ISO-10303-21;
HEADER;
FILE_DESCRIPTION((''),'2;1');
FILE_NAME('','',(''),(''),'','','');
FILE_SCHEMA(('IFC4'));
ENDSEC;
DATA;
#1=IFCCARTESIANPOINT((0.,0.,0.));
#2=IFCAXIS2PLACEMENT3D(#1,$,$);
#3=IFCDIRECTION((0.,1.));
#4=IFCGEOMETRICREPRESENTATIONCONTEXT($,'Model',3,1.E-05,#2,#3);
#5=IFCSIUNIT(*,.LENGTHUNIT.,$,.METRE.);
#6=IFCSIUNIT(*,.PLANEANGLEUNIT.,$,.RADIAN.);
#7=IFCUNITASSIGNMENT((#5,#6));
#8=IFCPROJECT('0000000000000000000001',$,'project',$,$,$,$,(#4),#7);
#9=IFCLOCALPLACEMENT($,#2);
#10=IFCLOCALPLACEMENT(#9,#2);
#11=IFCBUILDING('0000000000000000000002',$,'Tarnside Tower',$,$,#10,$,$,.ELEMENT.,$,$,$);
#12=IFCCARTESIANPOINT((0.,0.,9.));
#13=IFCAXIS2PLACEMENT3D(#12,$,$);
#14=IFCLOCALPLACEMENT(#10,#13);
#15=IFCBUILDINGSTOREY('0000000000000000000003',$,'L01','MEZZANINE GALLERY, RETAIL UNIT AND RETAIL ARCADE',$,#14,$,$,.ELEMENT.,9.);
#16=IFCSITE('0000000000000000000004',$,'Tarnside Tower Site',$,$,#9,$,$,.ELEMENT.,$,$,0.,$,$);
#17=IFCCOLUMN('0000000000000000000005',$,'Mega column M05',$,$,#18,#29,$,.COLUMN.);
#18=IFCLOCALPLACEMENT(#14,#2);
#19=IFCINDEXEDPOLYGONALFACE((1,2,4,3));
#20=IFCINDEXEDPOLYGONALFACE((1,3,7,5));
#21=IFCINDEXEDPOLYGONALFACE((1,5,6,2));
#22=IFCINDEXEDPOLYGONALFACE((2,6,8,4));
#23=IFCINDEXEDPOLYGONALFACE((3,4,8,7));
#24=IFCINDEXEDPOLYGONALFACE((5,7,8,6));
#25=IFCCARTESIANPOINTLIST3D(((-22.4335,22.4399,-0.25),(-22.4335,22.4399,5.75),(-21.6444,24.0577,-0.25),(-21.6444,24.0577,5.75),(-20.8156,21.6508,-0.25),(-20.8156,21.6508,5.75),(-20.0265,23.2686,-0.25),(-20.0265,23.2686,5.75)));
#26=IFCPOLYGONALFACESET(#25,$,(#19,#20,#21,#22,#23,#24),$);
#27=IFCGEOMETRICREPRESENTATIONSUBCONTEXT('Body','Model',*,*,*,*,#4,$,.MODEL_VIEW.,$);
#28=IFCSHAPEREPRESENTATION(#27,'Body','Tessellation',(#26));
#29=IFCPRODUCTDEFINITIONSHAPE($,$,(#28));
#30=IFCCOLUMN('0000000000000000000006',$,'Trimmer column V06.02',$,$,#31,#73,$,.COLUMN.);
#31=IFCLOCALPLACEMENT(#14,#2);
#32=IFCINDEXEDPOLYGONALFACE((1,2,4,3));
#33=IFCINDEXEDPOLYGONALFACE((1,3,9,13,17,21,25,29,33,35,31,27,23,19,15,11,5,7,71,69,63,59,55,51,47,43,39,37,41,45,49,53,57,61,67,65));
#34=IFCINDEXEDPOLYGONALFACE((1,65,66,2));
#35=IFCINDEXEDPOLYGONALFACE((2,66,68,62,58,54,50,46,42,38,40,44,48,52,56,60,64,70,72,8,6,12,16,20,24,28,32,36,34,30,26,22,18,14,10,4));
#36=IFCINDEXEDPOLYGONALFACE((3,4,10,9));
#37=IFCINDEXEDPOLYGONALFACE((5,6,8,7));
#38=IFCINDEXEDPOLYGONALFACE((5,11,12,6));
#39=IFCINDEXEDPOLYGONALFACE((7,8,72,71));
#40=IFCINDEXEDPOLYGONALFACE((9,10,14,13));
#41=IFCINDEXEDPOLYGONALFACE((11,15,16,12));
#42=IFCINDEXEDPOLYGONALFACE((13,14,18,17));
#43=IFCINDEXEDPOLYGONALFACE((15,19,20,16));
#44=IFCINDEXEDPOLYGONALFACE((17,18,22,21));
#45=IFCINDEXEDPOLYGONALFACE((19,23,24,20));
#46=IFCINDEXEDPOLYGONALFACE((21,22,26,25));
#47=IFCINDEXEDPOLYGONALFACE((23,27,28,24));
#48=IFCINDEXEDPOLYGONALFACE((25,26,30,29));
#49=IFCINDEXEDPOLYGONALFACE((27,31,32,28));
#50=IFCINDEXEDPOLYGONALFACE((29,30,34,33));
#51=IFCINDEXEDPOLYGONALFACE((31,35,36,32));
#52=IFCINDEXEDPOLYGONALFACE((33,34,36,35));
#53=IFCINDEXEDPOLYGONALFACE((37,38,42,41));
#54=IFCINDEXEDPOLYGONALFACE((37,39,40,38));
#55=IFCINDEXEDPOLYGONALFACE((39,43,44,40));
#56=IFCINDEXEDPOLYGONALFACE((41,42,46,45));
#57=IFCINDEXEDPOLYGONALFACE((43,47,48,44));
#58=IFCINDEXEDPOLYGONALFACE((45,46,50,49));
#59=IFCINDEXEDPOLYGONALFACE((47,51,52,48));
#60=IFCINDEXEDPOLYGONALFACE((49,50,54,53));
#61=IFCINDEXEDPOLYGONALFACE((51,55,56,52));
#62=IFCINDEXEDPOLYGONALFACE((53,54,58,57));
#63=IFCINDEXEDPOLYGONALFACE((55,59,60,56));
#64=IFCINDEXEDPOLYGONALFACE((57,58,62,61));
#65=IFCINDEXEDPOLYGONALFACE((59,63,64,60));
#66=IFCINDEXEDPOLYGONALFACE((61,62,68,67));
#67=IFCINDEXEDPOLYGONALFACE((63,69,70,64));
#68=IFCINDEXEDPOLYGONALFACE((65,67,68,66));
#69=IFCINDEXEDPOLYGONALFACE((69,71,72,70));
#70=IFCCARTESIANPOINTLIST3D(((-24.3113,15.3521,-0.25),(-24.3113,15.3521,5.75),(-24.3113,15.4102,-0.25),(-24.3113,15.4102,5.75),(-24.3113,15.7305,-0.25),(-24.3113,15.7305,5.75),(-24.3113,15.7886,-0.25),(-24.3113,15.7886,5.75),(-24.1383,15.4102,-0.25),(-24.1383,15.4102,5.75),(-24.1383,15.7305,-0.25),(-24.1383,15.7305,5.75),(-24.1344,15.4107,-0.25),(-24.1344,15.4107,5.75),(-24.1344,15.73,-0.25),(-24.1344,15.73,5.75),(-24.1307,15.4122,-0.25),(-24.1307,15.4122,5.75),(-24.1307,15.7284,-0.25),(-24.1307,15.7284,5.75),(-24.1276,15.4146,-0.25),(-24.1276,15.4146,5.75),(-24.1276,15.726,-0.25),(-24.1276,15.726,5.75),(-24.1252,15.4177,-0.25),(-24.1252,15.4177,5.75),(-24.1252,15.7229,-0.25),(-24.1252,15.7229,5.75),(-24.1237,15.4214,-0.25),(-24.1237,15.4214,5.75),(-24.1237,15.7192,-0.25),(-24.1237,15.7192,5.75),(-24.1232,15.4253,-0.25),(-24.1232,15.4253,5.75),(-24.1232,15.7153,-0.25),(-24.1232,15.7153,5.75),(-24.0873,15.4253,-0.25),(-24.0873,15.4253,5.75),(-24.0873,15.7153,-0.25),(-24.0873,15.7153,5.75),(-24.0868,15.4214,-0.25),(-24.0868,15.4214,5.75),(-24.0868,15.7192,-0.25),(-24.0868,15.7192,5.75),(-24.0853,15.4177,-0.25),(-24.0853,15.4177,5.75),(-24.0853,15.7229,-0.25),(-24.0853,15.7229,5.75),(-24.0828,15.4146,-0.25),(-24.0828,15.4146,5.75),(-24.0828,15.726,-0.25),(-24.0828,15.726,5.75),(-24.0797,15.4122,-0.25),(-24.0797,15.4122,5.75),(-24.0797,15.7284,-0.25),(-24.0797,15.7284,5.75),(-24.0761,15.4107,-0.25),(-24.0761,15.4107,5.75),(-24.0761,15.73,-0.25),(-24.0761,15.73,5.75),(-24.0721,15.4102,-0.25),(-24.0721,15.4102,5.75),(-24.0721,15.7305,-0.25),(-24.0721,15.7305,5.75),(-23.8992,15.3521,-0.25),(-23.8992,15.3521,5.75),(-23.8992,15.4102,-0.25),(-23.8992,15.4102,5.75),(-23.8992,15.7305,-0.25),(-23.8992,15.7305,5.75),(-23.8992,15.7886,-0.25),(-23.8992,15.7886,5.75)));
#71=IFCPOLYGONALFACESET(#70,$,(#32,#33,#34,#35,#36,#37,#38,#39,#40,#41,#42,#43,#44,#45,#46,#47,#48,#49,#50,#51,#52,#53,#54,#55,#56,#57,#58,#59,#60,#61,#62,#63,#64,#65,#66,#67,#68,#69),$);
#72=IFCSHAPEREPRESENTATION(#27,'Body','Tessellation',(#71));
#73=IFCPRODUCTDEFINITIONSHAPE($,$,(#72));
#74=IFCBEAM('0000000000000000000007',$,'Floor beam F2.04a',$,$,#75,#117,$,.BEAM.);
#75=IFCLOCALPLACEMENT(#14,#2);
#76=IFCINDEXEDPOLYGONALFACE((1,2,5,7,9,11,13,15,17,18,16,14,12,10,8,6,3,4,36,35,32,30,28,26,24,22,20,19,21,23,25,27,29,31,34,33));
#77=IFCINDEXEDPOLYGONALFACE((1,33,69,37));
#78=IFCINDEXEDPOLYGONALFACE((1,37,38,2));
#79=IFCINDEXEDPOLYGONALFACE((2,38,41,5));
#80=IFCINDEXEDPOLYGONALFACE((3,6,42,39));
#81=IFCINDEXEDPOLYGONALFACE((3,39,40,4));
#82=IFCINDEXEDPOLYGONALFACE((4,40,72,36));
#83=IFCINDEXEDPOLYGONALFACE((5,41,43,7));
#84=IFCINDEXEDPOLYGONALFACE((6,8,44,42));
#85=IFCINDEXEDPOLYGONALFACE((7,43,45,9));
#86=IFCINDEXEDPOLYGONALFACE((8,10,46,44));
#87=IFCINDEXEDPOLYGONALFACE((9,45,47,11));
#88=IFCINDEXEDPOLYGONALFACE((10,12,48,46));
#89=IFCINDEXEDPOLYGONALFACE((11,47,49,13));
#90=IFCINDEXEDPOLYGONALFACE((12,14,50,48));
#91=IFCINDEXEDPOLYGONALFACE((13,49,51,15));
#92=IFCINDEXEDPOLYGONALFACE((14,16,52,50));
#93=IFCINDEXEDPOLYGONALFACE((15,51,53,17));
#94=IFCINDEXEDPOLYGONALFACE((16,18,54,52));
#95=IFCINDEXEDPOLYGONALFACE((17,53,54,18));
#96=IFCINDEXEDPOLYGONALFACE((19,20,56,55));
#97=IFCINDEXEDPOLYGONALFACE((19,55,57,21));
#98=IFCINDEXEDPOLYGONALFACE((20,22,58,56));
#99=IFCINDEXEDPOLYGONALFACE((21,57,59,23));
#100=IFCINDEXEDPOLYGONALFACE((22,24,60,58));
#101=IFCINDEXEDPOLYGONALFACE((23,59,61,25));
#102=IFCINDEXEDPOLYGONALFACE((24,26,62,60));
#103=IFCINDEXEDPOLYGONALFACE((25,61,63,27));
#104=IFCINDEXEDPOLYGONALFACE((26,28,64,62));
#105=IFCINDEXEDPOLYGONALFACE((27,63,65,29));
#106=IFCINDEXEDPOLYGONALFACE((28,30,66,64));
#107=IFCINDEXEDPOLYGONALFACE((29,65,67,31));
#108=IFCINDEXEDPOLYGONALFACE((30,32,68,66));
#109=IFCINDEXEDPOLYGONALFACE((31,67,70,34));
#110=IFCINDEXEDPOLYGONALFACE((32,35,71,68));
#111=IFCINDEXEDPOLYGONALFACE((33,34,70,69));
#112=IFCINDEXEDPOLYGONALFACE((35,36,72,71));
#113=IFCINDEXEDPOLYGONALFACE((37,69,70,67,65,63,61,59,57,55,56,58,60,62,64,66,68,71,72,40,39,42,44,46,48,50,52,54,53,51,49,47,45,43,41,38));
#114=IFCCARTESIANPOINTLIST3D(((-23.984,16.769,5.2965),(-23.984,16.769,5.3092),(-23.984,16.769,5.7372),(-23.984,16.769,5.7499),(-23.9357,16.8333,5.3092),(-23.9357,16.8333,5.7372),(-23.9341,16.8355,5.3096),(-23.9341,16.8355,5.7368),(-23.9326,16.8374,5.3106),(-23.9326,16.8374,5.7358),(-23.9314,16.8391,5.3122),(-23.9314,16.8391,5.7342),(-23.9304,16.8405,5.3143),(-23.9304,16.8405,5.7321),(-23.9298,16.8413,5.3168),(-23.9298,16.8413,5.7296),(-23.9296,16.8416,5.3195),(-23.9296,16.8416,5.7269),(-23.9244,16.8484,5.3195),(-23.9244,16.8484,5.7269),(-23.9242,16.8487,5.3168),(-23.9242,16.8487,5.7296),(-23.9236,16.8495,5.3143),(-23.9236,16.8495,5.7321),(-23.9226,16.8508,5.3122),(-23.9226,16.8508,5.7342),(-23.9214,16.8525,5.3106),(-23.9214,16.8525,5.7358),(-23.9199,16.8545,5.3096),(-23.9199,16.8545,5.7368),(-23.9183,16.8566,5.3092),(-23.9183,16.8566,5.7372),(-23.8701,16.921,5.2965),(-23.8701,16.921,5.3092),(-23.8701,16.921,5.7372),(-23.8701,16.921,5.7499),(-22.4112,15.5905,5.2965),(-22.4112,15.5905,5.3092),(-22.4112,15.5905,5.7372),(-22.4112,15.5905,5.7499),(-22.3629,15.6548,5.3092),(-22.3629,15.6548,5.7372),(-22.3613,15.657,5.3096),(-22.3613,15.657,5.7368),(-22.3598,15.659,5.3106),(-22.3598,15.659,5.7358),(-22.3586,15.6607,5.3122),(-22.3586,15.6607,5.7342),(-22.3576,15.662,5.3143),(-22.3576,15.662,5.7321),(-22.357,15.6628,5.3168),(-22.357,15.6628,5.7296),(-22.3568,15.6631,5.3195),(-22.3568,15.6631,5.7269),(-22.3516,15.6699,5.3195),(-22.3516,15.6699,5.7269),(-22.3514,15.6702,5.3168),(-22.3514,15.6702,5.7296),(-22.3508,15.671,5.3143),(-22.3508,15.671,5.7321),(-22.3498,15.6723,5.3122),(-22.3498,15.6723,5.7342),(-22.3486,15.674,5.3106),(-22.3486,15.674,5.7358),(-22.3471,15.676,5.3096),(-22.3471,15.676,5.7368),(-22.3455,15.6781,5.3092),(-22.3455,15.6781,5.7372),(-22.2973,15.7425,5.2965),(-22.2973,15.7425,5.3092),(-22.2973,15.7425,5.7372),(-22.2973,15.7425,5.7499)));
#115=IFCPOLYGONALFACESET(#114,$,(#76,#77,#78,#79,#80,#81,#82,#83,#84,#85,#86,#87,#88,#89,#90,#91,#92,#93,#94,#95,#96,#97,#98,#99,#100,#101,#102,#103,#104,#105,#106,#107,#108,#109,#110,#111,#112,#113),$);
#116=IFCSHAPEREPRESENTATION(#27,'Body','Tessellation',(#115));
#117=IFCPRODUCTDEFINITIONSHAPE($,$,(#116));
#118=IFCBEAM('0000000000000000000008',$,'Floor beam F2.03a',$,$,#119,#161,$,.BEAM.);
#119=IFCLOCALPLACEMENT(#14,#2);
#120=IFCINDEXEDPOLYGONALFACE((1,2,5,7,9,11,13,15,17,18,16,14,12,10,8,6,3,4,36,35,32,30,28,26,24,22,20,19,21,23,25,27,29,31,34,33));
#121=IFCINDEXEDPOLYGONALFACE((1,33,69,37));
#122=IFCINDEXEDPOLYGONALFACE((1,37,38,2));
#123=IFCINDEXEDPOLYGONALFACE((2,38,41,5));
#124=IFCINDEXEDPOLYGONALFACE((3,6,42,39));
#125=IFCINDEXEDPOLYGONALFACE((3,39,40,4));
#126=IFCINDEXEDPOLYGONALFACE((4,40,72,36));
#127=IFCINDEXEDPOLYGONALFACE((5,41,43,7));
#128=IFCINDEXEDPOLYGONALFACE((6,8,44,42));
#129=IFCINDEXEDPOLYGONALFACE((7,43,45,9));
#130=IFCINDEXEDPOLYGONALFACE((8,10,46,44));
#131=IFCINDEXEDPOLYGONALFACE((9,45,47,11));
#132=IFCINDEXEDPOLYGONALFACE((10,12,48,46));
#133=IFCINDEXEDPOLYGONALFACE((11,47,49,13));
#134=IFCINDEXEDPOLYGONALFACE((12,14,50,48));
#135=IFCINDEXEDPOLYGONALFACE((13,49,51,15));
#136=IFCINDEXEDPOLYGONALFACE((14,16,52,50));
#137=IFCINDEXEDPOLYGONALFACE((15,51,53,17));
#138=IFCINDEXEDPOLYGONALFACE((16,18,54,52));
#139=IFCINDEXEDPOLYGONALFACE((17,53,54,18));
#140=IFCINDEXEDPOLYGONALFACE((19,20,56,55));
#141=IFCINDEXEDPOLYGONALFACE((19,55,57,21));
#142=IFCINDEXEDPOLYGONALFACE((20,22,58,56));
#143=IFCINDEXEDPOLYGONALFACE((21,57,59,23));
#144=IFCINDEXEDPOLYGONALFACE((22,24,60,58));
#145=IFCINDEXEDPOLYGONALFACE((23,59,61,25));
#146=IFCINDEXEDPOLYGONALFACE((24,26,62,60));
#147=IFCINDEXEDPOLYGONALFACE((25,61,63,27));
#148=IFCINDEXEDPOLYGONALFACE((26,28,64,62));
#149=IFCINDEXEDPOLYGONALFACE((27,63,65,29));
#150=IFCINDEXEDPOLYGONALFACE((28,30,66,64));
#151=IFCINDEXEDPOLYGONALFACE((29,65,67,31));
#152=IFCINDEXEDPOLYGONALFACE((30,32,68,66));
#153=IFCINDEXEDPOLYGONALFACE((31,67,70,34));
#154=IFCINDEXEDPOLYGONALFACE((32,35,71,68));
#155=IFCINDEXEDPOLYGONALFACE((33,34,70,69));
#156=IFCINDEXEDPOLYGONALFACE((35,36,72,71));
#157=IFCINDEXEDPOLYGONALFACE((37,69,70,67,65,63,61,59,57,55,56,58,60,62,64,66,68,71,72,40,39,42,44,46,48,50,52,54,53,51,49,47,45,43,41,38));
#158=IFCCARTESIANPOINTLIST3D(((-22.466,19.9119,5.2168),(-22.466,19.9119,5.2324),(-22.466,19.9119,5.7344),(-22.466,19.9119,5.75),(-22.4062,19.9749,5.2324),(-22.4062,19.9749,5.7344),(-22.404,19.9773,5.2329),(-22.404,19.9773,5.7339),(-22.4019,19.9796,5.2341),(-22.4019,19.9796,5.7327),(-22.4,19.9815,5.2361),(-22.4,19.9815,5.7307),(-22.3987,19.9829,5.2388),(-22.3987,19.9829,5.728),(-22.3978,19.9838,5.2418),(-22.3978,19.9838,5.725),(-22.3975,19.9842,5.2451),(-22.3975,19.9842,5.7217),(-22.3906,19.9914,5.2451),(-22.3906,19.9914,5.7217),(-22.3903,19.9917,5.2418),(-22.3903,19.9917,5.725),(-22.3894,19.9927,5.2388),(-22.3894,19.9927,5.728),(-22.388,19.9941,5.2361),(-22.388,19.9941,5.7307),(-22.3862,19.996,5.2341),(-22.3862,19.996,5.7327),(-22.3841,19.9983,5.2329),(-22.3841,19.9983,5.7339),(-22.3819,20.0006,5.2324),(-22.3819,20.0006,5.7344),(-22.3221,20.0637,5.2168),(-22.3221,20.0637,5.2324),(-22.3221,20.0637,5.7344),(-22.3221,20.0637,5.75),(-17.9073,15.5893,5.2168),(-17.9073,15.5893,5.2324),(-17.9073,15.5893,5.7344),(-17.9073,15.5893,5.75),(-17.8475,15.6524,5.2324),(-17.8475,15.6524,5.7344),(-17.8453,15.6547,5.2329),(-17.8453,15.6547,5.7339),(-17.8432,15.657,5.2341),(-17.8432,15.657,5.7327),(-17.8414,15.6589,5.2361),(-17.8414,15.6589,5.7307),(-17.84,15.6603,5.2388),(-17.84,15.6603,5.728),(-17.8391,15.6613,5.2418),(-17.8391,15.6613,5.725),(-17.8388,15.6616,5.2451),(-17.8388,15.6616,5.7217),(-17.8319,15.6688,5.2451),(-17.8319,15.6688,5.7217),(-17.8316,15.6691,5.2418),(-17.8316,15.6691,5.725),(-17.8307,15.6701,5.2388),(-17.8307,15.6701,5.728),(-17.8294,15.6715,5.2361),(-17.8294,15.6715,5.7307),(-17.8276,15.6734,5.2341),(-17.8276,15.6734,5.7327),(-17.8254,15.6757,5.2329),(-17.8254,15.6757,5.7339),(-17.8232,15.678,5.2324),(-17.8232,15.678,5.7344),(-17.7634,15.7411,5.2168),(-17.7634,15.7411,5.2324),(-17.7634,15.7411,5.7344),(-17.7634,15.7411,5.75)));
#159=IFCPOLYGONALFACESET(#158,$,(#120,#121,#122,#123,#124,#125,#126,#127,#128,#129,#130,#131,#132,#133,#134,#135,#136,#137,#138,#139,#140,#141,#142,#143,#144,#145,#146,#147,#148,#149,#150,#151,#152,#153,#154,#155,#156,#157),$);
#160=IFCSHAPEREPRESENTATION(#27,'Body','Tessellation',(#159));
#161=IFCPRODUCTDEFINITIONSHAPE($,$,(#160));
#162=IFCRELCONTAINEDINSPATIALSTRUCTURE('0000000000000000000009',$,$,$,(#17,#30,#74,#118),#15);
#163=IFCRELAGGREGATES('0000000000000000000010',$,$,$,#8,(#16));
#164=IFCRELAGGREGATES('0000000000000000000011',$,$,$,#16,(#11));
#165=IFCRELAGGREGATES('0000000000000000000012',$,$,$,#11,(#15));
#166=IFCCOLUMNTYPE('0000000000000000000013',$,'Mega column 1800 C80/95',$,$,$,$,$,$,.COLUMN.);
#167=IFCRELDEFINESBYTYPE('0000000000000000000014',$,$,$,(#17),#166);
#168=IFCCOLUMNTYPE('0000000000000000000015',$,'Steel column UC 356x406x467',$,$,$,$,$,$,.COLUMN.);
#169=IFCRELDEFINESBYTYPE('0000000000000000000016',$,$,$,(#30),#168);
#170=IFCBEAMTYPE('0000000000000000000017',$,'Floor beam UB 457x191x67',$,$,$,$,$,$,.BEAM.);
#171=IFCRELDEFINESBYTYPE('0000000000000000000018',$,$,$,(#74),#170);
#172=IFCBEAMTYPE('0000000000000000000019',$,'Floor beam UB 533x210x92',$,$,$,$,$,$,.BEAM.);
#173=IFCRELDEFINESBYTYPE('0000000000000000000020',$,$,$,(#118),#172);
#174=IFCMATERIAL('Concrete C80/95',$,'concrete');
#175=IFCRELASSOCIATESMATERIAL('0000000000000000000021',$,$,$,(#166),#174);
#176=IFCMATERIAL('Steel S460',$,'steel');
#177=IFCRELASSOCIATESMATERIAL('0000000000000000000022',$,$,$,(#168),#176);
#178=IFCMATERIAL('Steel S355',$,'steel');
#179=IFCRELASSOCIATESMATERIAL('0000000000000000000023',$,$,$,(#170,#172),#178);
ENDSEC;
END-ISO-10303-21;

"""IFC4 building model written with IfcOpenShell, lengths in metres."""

from ifc_helpers import new_model, si_unit, direction, frame, origin, origin_2d, place, context, subcontext, project, spatial, rectangle, i_section, extrude, material, material_profile, profile_set, type_object, element, save


model = new_model("IFC4")

# Units and contexts
model_context = context("Model", 3, precision=1e-05, world=origin(), true_north=direction((0.0, 1.0)))
body_context = subcontext(model_context, "Body", "Model", "MODEL_VIEW")
ifc_project = project(units=[si_unit("LENGTHUNIT", "METRE"), si_unit("PLANEANGLEUNIT", "RADIAN")], contexts=[model_context])

# Site, building, storey
site_placement = place(None, origin())
site = spatial("IfcSite", under=ifc_project, at=site_placement, Name="Tarnside Tower Site", CompositionType="ELEMENT", RefElevation=0.0)
building_placement = place(site_placement, origin())
building = spatial("IfcBuilding", under=site, at=building_placement, Name="Tarnside Tower", CompositionType="ELEMENT")
storey_placement = place(building_placement, frame((0.0, 0.0, 9.0)))
storey = spatial("IfcBuildingStorey", under=building, at=storey_placement, Name="L01", Description="MEZZANINE GALLERY, RETAIL UNIT AND RETAIL ARCADE", CompositionType="ELEMENT", Elevation=9.0)

# Columns
ifc_material_1 = material(Name="Concrete C80/95", Category="concrete")
ifc_material_profile_1 = material_profile(ifc_material_1, rectangle(XDim=1.8, YDim=1.8, at=origin_2d()), Name="Mega column 1800x1800")
ifc_profile_set_1 = profile_set([ifc_material_profile_1], Name="Concrete C80/95")
column_type_1 = type_object("IfcColumnType", Name="Mega column 1800 C80/95", PredefinedType="COLUMN", material=ifc_profile_set_1)
column_1_placement = place(storey_placement, frame((-21.23, 22.8542, -0.25), z_axis=(0.0, 0.0, 1.0), x_axis=(0.438371, 0.898794, 0.0)))
element("IfcColumn", 1, at=column_1_placement, inside=storey, type_object=column_type_1, Name="Mega column M05", PredefinedType="COLUMN", context=body_context, shape_type="SweptSolid", body=[
    extrude(rectangle(XDim=1.8, YDim=1.8, at=origin_2d()), origin(), (0.0, 0.0, 1.0), 6.0),
])
ifc_material_2 = material(Name="Steel S460", Category="steel")
ifc_material_profile_2 = material_profile(ifc_material_2, i_section(OverallWidth=0.4121, OverallDepth=0.4365, WebThickness=0.0359, FlangeThickness=0.0581, FilletRadius=0.0151, at=origin_2d()), Name="UC 356x406x467")
ifc_profile_set_2 = profile_set([ifc_material_profile_2], Name="Steel S460")
column_type_2 = type_object("IfcColumnType", Name="Steel column UC 356x406x467", PredefinedType="COLUMN", material=ifc_profile_set_2)
column_2_placement = place(storey_placement, frame((-24.1052, 15.5703, -0.25), z_axis=(0.0, 0.0, 1.0), x_axis=(1.0, 0.0, 0.0)))
element("IfcColumn", 2, at=column_2_placement, inside=storey, type_object=column_type_2, Name="Trimmer column V06.02", PredefinedType="COLUMN", context=body_context, shape_type="SweptSolid", body=[
    extrude(i_section(OverallWidth=0.4121, OverallDepth=0.4365, WebThickness=0.0359, FlangeThickness=0.0581, FilletRadius=0.0151, at=origin_2d()), origin(), (0.0, 0.0, 1.0), 6.0),
])

# Beams
ifc_material_3 = material(Name="Steel S355", Category="steel")
ifc_material_profile_3 = material_profile(ifc_material_3, i_section(OverallWidth=0.1899, OverallDepth=0.4534, WebThickness=0.0085, FlangeThickness=0.0127, FilletRadius=0.0103, at=origin_2d()), Name="UB 457x191x67")
ifc_profile_set_3 = profile_set([ifc_material_profile_3], Name="Steel S355")
beam_type_1 = type_object("IfcBeamType", Name="Floor beam UB 457x191x67", PredefinedType="BEAM", material=ifc_profile_set_3)
beam_1_placement = place(storey_placement, frame((-23.927, 16.845, 5.5232), z_axis=(0.800268, -0.599642, 0.0), x_axis=(0.599642, 0.800268, 0.0)))
element("IfcBeam", 3, at=beam_1_placement, inside=storey, type_object=beam_type_1, Name="Floor beam F2.04a", PredefinedType="BEAM", context=body_context, shape_type="SweptSolid", body=[
    extrude(i_section(OverallWidth=0.1899, OverallDepth=0.4534, WebThickness=0.0085, FlangeThickness=0.0127, FilletRadius=0.0103, at=origin_2d()), origin(), (0.0, 0.0, 1.0), 1.9653),
])
ifc_material_profile_4 = material_profile(ifc_material_3, i_section(OverallWidth=0.2092, OverallDepth=0.5332, WebThickness=0.01, FlangeThickness=0.0156, FilletRadius=0.0127, at=origin_2d()), Name="UB 533x210x92")
ifc_profile_set_4 = profile_set([ifc_material_profile_4], Name="Steel S355")
beam_type_2 = type_object("IfcBeamType", Name="Floor beam UB 533x210x92", PredefinedType="BEAM", material=ifc_profile_set_4)
beam_2_placement = place(storey_placement, frame((-22.394, 19.9878, 5.4834), z_axis=(0.725647, -0.688067, 0.0), x_axis=(0.688067, 0.725647, 0.0)))
element("IfcBeam", 4, at=beam_2_placement, inside=storey, type_object=beam_type_2, Name="Floor beam F2.03a", PredefinedType="BEAM", context=body_context, shape_type="SweptSolid", body=[
    extrude(i_section(OverallWidth=0.2092, OverallDepth=0.5332, WebThickness=0.01, FlangeThickness=0.0156, FilletRadius=0.0127, at=origin_2d()), origin(), (0.0, 0.0, 1.0), 6.2822),
])

save(model, "model.ifc")
